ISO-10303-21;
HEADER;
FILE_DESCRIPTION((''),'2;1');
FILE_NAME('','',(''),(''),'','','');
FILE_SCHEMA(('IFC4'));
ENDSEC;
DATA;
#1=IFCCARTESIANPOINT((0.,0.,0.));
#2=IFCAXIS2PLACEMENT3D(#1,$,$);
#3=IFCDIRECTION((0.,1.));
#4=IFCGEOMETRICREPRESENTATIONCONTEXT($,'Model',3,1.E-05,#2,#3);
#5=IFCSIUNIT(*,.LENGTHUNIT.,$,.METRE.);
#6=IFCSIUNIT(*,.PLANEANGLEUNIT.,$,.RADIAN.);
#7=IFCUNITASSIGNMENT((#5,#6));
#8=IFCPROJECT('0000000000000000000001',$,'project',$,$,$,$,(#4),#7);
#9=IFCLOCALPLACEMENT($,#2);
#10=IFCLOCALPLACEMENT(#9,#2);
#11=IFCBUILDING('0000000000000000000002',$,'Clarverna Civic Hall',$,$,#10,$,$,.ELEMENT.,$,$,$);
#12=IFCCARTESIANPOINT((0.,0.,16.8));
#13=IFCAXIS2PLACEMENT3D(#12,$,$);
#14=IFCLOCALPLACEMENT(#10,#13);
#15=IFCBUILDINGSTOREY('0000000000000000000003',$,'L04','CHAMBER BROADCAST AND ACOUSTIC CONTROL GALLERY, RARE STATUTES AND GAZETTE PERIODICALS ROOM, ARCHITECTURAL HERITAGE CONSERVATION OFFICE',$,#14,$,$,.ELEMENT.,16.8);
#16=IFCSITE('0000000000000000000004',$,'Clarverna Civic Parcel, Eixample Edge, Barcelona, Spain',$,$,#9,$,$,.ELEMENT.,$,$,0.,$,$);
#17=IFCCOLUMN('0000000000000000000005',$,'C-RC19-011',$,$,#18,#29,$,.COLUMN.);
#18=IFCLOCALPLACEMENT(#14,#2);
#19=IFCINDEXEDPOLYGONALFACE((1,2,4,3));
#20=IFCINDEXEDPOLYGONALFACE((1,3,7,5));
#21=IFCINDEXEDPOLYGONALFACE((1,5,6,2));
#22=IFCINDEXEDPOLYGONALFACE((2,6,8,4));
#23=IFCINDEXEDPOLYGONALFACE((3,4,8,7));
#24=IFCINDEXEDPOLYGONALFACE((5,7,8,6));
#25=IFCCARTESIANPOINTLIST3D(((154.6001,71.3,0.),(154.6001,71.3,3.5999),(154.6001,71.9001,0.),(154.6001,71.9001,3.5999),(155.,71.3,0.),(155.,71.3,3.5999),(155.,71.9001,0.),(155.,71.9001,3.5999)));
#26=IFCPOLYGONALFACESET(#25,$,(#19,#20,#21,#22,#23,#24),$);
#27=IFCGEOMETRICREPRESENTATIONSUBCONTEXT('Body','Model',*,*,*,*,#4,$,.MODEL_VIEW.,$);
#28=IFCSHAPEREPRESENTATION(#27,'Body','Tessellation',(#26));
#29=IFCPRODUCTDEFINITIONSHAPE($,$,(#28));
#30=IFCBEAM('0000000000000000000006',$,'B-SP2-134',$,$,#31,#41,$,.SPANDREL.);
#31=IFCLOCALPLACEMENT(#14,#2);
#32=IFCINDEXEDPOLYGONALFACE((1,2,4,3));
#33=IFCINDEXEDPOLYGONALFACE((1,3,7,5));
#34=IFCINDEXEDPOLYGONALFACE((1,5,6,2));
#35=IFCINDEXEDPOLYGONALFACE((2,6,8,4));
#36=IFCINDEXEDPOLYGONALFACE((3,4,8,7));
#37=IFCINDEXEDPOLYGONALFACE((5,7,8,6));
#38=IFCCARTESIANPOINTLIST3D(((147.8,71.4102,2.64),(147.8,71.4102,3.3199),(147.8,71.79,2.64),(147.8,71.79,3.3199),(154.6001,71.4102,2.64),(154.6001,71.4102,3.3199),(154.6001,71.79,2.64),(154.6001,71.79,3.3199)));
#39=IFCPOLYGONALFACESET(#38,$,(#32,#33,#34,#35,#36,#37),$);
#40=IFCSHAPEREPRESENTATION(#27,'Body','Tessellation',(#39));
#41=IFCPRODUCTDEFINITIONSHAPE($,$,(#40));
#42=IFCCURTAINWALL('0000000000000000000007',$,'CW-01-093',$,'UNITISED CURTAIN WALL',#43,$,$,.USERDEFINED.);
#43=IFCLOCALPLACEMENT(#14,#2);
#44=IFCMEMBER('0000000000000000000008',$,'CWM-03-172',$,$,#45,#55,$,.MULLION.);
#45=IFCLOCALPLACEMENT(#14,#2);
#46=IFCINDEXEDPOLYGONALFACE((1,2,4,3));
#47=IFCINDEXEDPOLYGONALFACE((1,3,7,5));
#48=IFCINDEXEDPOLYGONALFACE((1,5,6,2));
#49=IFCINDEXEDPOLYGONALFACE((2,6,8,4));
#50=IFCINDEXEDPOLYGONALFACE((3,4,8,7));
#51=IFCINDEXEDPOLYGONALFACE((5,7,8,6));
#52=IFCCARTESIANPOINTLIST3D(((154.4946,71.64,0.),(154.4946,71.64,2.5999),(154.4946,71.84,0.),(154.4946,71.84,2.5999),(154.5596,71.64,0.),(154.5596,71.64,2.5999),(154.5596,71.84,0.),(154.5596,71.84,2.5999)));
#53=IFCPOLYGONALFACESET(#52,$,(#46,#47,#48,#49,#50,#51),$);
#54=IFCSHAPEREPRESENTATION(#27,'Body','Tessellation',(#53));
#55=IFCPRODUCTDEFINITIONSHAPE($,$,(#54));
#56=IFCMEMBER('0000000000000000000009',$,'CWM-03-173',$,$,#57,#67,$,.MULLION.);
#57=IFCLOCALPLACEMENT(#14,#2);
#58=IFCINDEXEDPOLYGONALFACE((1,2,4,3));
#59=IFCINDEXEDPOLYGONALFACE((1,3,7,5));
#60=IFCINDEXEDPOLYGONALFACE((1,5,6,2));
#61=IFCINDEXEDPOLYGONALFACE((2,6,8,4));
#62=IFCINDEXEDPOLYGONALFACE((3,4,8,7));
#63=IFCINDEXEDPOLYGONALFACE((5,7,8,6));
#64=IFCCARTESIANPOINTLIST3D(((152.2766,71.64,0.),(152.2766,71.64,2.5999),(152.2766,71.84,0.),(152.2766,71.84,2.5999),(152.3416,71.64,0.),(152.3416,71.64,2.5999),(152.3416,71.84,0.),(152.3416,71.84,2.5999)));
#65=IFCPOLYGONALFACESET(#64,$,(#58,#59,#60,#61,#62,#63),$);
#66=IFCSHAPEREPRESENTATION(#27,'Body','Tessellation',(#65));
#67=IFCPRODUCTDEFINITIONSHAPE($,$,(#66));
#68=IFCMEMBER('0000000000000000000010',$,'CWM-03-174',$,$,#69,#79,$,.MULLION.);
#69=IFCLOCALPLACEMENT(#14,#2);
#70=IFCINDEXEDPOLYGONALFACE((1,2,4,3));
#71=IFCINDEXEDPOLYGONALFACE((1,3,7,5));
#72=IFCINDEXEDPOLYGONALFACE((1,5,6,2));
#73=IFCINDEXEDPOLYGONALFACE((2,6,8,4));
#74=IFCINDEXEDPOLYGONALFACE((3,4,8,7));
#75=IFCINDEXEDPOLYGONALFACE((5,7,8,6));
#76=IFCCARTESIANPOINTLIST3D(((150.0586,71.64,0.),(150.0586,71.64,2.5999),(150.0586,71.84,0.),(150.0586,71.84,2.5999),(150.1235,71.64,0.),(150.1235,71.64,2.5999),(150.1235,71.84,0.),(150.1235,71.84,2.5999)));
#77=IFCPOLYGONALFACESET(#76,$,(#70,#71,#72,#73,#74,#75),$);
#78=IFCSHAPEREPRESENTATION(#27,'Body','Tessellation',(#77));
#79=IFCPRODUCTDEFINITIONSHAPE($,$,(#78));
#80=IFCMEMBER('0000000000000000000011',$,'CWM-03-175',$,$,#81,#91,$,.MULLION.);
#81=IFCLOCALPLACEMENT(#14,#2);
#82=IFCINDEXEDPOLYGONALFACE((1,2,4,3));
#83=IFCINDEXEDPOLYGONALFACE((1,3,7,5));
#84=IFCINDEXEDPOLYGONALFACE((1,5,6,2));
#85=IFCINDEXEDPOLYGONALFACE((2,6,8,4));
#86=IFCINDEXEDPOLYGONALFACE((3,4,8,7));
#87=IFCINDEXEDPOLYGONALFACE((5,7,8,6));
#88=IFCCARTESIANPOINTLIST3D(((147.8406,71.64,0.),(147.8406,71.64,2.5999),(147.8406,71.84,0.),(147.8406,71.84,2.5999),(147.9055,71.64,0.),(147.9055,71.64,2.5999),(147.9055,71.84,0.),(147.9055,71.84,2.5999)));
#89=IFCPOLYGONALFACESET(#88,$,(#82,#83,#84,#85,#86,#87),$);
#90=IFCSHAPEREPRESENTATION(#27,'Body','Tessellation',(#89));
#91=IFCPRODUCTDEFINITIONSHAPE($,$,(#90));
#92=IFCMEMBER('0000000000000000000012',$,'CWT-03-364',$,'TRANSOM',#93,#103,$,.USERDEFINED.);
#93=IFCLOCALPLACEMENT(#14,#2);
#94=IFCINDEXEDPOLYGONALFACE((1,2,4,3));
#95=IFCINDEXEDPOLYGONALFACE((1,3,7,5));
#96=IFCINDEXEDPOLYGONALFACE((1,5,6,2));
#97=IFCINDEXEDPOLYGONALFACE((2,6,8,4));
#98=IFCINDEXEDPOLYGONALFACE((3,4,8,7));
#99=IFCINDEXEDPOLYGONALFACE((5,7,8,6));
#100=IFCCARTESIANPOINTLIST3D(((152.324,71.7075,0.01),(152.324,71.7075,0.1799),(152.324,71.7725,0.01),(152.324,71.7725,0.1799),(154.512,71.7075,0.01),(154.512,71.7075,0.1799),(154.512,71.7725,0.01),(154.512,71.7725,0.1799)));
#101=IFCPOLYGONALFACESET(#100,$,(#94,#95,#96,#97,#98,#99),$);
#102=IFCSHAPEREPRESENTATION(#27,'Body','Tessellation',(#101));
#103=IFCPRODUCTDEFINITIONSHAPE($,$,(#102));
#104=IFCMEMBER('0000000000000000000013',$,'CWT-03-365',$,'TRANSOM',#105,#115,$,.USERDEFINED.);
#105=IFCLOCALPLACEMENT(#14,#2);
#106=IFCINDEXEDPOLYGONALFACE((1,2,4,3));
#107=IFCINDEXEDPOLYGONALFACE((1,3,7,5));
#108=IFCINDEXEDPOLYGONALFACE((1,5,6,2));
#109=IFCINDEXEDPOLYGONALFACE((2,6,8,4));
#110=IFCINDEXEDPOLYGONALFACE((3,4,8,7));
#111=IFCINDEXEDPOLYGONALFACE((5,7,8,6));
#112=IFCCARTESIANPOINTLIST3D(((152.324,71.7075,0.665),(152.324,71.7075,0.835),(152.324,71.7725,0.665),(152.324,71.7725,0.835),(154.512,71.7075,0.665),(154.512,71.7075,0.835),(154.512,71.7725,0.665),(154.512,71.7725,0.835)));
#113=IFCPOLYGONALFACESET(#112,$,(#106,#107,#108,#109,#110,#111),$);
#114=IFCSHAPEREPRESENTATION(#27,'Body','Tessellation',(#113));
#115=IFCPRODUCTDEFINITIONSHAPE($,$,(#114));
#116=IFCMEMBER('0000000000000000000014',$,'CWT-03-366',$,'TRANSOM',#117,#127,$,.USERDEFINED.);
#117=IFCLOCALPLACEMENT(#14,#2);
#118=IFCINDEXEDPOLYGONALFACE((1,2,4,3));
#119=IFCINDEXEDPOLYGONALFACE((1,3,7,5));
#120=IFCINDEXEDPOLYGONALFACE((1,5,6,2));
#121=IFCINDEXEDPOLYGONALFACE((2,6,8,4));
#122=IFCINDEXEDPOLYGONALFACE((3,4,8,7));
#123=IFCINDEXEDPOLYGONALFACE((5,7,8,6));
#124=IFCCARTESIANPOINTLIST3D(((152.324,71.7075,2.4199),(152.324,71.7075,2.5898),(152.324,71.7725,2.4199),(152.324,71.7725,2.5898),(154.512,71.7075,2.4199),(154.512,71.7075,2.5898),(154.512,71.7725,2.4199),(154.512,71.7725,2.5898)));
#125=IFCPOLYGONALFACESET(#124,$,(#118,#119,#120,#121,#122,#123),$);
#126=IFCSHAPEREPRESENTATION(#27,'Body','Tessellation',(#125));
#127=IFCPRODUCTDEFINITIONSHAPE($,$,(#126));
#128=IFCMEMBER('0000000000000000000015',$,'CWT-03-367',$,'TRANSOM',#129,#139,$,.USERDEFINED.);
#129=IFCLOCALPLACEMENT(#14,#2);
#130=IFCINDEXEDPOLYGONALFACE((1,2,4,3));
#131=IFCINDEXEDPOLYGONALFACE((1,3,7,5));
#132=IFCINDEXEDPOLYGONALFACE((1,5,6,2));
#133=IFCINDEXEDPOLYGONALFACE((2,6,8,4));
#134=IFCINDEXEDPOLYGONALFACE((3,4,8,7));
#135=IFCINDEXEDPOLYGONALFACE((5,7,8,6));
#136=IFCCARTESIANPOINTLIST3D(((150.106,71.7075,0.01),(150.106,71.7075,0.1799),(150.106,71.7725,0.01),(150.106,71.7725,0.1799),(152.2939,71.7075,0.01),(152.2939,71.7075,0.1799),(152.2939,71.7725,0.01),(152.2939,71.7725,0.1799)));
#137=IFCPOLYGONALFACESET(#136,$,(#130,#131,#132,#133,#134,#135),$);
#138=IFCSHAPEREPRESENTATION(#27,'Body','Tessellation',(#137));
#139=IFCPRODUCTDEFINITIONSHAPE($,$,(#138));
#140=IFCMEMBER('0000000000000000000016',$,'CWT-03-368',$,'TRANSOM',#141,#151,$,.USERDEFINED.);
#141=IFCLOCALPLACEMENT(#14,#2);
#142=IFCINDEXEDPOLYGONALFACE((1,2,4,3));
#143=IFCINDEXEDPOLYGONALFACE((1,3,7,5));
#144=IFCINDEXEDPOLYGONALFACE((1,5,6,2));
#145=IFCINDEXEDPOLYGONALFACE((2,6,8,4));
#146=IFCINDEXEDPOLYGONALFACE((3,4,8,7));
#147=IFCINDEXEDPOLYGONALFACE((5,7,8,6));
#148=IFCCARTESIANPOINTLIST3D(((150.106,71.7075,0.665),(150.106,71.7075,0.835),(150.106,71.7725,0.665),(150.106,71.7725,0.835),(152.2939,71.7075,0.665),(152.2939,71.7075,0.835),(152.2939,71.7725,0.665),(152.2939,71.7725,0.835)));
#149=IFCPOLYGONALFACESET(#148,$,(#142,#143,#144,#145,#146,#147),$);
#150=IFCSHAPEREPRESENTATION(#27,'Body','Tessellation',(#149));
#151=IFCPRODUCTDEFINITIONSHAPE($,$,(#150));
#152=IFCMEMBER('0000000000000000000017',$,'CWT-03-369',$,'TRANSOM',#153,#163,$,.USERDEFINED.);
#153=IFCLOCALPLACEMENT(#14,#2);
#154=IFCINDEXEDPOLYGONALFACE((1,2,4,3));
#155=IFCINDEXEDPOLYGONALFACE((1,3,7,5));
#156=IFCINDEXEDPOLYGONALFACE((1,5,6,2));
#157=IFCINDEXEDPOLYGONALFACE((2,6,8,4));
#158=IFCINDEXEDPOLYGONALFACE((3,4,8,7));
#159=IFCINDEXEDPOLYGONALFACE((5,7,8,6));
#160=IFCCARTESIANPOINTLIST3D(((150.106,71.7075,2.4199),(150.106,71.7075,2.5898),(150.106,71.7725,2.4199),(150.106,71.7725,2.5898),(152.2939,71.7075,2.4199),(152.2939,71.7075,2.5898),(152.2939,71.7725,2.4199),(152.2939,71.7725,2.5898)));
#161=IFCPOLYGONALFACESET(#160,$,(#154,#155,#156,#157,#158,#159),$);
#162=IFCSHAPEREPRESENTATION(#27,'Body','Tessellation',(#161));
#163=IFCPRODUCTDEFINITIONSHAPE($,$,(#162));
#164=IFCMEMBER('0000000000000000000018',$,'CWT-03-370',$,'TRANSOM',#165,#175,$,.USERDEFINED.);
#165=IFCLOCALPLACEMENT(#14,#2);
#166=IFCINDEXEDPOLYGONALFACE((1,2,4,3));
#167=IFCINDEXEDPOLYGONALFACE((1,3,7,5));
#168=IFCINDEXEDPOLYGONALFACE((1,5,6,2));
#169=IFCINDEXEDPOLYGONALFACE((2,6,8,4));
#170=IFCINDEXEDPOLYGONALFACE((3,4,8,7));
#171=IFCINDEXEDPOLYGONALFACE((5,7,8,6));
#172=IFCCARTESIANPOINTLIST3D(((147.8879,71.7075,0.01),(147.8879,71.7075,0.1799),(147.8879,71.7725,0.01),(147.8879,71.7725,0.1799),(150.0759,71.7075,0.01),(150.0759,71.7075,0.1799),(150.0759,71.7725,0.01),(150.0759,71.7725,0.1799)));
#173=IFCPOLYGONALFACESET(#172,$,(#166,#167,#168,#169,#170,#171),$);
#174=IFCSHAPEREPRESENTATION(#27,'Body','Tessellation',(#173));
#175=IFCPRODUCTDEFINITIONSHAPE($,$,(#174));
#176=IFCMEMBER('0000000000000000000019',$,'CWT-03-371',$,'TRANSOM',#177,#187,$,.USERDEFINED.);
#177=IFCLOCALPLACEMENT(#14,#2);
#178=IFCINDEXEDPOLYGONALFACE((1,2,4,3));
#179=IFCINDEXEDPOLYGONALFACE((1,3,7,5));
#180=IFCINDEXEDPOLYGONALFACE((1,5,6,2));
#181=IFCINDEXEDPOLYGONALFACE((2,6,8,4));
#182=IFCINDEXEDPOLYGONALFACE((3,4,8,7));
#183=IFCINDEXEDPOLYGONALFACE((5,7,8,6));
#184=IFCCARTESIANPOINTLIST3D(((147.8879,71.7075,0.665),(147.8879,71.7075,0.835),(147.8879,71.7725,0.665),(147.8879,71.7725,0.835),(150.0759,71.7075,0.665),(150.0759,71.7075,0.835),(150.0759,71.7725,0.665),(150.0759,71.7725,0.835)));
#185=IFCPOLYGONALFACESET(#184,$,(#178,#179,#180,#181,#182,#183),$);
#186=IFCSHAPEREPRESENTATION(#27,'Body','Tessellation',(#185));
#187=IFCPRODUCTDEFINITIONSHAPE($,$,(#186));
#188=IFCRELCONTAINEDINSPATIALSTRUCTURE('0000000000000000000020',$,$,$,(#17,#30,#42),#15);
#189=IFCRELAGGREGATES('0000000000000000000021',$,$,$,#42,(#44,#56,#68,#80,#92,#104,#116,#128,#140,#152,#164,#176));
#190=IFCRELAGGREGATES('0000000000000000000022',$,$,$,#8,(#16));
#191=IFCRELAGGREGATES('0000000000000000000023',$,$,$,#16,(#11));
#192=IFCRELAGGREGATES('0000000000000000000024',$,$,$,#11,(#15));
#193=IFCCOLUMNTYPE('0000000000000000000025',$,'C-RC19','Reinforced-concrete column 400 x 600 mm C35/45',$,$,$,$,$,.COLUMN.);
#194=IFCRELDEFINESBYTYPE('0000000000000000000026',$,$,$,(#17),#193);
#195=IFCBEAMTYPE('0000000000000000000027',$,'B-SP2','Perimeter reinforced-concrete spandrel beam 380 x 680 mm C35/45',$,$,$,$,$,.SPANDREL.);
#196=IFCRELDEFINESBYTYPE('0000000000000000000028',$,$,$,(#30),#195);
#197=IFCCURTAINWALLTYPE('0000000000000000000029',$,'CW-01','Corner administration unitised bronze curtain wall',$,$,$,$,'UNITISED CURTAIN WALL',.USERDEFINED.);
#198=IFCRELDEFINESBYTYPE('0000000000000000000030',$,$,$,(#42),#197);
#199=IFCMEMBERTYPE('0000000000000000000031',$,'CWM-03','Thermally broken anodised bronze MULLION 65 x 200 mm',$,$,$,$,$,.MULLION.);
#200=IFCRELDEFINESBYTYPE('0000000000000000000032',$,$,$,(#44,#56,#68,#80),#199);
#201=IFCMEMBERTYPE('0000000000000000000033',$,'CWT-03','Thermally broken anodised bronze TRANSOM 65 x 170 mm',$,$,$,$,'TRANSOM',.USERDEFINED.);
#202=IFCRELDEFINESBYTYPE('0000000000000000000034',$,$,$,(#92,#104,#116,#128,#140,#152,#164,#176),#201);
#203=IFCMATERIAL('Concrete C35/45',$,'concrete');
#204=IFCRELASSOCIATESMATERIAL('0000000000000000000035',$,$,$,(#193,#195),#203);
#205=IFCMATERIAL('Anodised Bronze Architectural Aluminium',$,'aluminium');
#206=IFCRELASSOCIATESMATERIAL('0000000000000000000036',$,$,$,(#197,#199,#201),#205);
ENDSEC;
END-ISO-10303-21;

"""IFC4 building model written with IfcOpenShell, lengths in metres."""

from ifc_helpers import new_model, si_unit, direction, frame, origin, origin_2d, place, context, subcontext, project, spatial, rectangle, extrude, material, material_profile, profile_set, type_object, element, aggregate, save


model = new_model("IFC4")

# Units and contexts
model_context = context("Model", 3, precision=1e-05, world=origin(), true_north=direction((0.0, 1.0)))
body_context = subcontext(model_context, "Body", "Model", "MODEL_VIEW")
ifc_project = project(units=[si_unit("LENGTHUNIT", "METRE"), si_unit("PLANEANGLEUNIT", "RADIAN")], contexts=[model_context])

# Site, building, storey
site_placement = place(None, origin())
site = spatial("IfcSite", under=ifc_project, at=site_placement, Name="Clarverna Civic Parcel, Eixample Edge, Barcelona, Spain", CompositionType="ELEMENT", RefElevation=0.0)
building_placement = place(site_placement, origin())
building = spatial("IfcBuilding", under=site, at=building_placement, Name="Clarverna Civic Hall", CompositionType="ELEMENT")
storey_placement = place(building_placement, frame((0.0, 0.0, 16.8)))
storey = spatial("IfcBuildingStorey", under=building, at=storey_placement, Name="L04", Description="CHAMBER BROADCAST AND ACOUSTIC CONTROL GALLERY, RARE STATUTES AND GAZETTE PERIODICALS ROOM, ARCHITECTURAL HERITAGE CONSERVATION OFFICE", CompositionType="ELEMENT", Elevation=16.8)

# Column
ifc_material_1 = material(Name="Concrete C35/45", Category="concrete")
ifc_material_profile_1 = material_profile(ifc_material_1, rectangle(XDim=0.3999, YDim=0.6001, at=origin_2d()), Name="RC 400x600")
ifc_profile_set_1 = profile_set([ifc_material_profile_1], Name="Concrete C35/45")
column_type = type_object("IfcColumnType", Name="C-RC19", Description="Reinforced-concrete column 400 x 600 mm C35/45", PredefinedType="COLUMN", material=ifc_profile_set_1)
column_placement = place(storey_placement, frame((154.8, 71.6001, 0.0), z_axis=(0.0, 0.0, 1.0), x_axis=(1.0, 0.0, 0.0)))
element("IfcColumn", 1, at=column_placement, inside=storey, type_object=column_type, Name="C-RC19-011", PredefinedType="COLUMN", context=body_context, shape_type="SweptSolid", body=[
    extrude(rectangle(XDim=0.3999, YDim=0.6001, at=origin_2d()), origin(), (0.0, 0.0, 1.0), 3.5999),
])

# Beam
ifc_material_profile_2 = material_profile(ifc_material_1, rectangle(XDim=0.3799, YDim=0.6799, at=origin_2d()), Name="RC 380x680")
ifc_profile_set_2 = profile_set([ifc_material_profile_2], Name="Concrete C35/45")
beam_type_1 = type_object("IfcBeamType", Name="B-SP2", Description="Perimeter reinforced-concrete spandrel beam 380 x 680 mm C35/45", PredefinedType="SPANDREL", material=ifc_profile_set_2)
beam_1_placement = place(storey_placement, frame((147.8, 71.6001, 2.98), z_axis=(1.0, 0.0, 0.0), x_axis=(0.0, 1.0, 0.0)))
element("IfcBeam", 2, at=beam_1_placement, inside=storey, type_object=beam_type_1, Name="B-SP2-134", PredefinedType="SPANDREL", context=body_context, shape_type="SweptSolid", body=[
    extrude(rectangle(XDim=0.3799, YDim=0.6799, at=origin_2d()), origin(), (0.0, 0.0, 1.0), 6.8),
])

# Curtain wall, members
ifc_material_2 = material(Name="Anodised Bronze Architectural Aluminium", Category="aluminium")
curtain_wall_type = type_object("IfcCurtainWallType", Name="CW-01", Description="Corner administration unitised bronze curtain wall", ElementType="UNITISED CURTAIN WALL", PredefinedType="USERDEFINED", material=ifc_material_2)
curtain_wall_placement = place(storey_placement, origin())
curtain_wall = element("IfcCurtainWall", 3, at=curtain_wall_placement, inside=storey, type_object=curtain_wall_type, Name="CW-01-093", ObjectType="UNITISED CURTAIN WALL", PredefinedType="USERDEFINED")
ifc_material_profile_3 = material_profile(ifc_material_2, rectangle(XDim=0.0649, YDim=0.2, at=origin_2d()), Name="BRONZE 65x200")
ifc_profile_set_3 = profile_set([ifc_material_profile_3], Name="Anodised Bronze Architectural Aluminium")
member_type_1 = type_object("IfcMemberType", Name="CWM-03", Description="Thermally broken anodised bronze MULLION 65 x 200 mm", PredefinedType="MULLION", material=ifc_profile_set_3)
member_1_placement = place(storey_placement, frame((154.5271, 71.74, 0.0), z_axis=(0.0, 0.0, 1.0), x_axis=(1.0, 0.0, 0.0)))
member_1 = element("IfcMember", 4, at=member_1_placement, type_object=member_type_1, Name="CWM-03-172", PredefinedType="MULLION", context=body_context, shape_type="SweptSolid", body=[
    extrude(rectangle(XDim=0.0649, YDim=0.2, at=origin_2d()), origin(), (0.0, 0.0, 1.0), 2.5999),
])
member_2_placement = place(storey_placement, frame((152.3091, 71.74, 0.0), z_axis=(0.0, 0.0, 1.0), x_axis=(1.0, 0.0, 0.0)))
member_2 = element("IfcMember", 5, at=member_2_placement, type_object=member_type_1, Name="CWM-03-173", PredefinedType="MULLION", context=body_context, shape_type="SweptSolid", body=[
    extrude(rectangle(XDim=0.0649, YDim=0.2, at=origin_2d()), origin(), (0.0, 0.0, 1.0), 2.5999),
])
member_3_placement = place(storey_placement, frame((150.0911, 71.74, 0.0), z_axis=(0.0, 0.0, 1.0), x_axis=(1.0, 0.0, 0.0)))
member_3 = element("IfcMember", 6, at=member_3_placement, type_object=member_type_1, Name="CWM-03-174", PredefinedType="MULLION", context=body_context, shape_type="SweptSolid", body=[
    extrude(rectangle(XDim=0.0649, YDim=0.2, at=origin_2d()), origin(), (0.0, 0.0, 1.0), 2.5999),
])
member_4_placement = place(storey_placement, frame((147.873, 71.74, 0.0), z_axis=(0.0, 0.0, 1.0), x_axis=(1.0, 0.0, 0.0)))
member_4 = element("IfcMember", 7, at=member_4_placement, type_object=member_type_1, Name="CWM-03-175", PredefinedType="MULLION", context=body_context, shape_type="SweptSolid", body=[
    extrude(rectangle(XDim=0.0649, YDim=0.2, at=origin_2d()), origin(), (0.0, 0.0, 1.0), 2.5999),
])
ifc_material_profile_4 = material_profile(ifc_material_2, rectangle(XDim=0.0649, YDim=0.1699, at=origin_2d()), Name="BRONZE 65x170")
ifc_profile_set_4 = profile_set([ifc_material_profile_4], Name="Anodised Bronze Architectural Aluminium")
member_type_2 = type_object("IfcMemberType", Name="CWT-03", Description="Thermally broken anodised bronze TRANSOM 65 x 170 mm", ElementType="TRANSOM", PredefinedType="USERDEFINED", material=ifc_profile_set_4)
member_5_placement = place(storey_placement, frame((154.512, 71.74, 0.095), z_axis=(-1.0, 0.0, 0.0), x_axis=(0.0, -1.0, 0.0)))
member_5 = element("IfcMember", 8, at=member_5_placement, type_object=member_type_2, Name="CWT-03-364", ObjectType="TRANSOM", PredefinedType="USERDEFINED", context=body_context, shape_type="SweptSolid", body=[
    extrude(rectangle(XDim=0.0649, YDim=0.1699, at=origin_2d()), origin(), (0.0, 0.0, 1.0), 2.188),
])
member_6_placement = place(storey_placement, frame((154.512, 71.74, 0.75), z_axis=(-1.0, 0.0, 0.0), x_axis=(0.0, -1.0, 0.0)))
member_6 = element("IfcMember", 9, at=member_6_placement, type_object=member_type_2, Name="CWT-03-365", ObjectType="TRANSOM", PredefinedType="USERDEFINED", context=body_context, shape_type="SweptSolid", body=[
    extrude(rectangle(XDim=0.0649, YDim=0.1699, at=origin_2d()), origin(), (0.0, 0.0, 1.0), 2.188),
])
member_7_placement = place(storey_placement, frame((154.512, 71.74, 2.5049), z_axis=(-1.0, 0.0, 0.0), x_axis=(0.0, -1.0, 0.0)))
member_7 = element("IfcMember", 10, at=member_7_placement, type_object=member_type_2, Name="CWT-03-366", ObjectType="TRANSOM", PredefinedType="USERDEFINED", context=body_context, shape_type="SweptSolid", body=[
    extrude(rectangle(XDim=0.0649, YDim=0.1699, at=origin_2d()), origin(), (0.0, 0.0, 1.0), 2.188),
])
member_8_placement = place(storey_placement, frame((152.2939, 71.74, 0.095), z_axis=(-1.0, 0.0, 0.0), x_axis=(0.0, -1.0, 0.0)))
member_8 = element("IfcMember", 11, at=member_8_placement, type_object=member_type_2, Name="CWT-03-367", ObjectType="TRANSOM", PredefinedType="USERDEFINED", context=body_context, shape_type="SweptSolid", body=[
    extrude(rectangle(XDim=0.0649, YDim=0.1699, at=origin_2d()), origin(), (0.0, 0.0, 1.0), 2.188),
])
member_9_placement = place(storey_placement, frame((152.2939, 71.74, 0.75), z_axis=(-1.0, 0.0, 0.0), x_axis=(0.0, -1.0, 0.0)))
member_9 = element("IfcMember", 12, at=member_9_placement, type_object=member_type_2, Name="CWT-03-368", ObjectType="TRANSOM", PredefinedType="USERDEFINED", context=body_context, shape_type="SweptSolid", body=[
    extrude(rectangle(XDim=0.0649, YDim=0.1699, at=origin_2d()), origin(), (0.0, 0.0, 1.0), 2.188),
])
member_10_placement = place(storey_placement, frame((152.2939, 71.74, 2.5049), z_axis=(-1.0, 0.0, 0.0), x_axis=(0.0, -1.0, 0.0)))
member_10 = element("IfcMember", 13, at=member_10_placement, type_object=member_type_2, Name="CWT-03-369", ObjectType="TRANSOM", PredefinedType="USERDEFINED", context=body_context, shape_type="SweptSolid", body=[
    extrude(rectangle(XDim=0.0649, YDim=0.1699, at=origin_2d()), origin(), (0.0, 0.0, 1.0), 2.188),
])
member_11_placement = place(storey_placement, frame((150.0759, 71.74, 0.095), z_axis=(-1.0, 0.0, 0.0), x_axis=(0.0, -1.0, 0.0)))
member_11 = element("IfcMember", 14, at=member_11_placement, type_object=member_type_2, Name="CWT-03-370", ObjectType="TRANSOM", PredefinedType="USERDEFINED", context=body_context, shape_type="SweptSolid", body=[
    extrude(rectangle(XDim=0.0649, YDim=0.1699, at=origin_2d()), origin(), (0.0, 0.0, 1.0), 2.188),
])
member_12_placement = place(storey_placement, frame((150.0759, 71.74, 0.75), z_axis=(-1.0, 0.0, 0.0), x_axis=(0.0, -1.0, 0.0)))
member_12 = element("IfcMember", 15, at=member_12_placement, type_object=member_type_2, Name="CWT-03-371", ObjectType="TRANSOM", PredefinedType="USERDEFINED", context=body_context, shape_type="SweptSolid", body=[
    extrude(rectangle(XDim=0.0649, YDim=0.1699, at=origin_2d()), origin(), (0.0, 0.0, 1.0), 2.188),
])

aggregate(curtain_wall, [member_1, member_2, member_3, member_4, member_5, member_6, member_7, member_8, member_9, member_10, member_11, member_12])

save(model, "model.ifc")
